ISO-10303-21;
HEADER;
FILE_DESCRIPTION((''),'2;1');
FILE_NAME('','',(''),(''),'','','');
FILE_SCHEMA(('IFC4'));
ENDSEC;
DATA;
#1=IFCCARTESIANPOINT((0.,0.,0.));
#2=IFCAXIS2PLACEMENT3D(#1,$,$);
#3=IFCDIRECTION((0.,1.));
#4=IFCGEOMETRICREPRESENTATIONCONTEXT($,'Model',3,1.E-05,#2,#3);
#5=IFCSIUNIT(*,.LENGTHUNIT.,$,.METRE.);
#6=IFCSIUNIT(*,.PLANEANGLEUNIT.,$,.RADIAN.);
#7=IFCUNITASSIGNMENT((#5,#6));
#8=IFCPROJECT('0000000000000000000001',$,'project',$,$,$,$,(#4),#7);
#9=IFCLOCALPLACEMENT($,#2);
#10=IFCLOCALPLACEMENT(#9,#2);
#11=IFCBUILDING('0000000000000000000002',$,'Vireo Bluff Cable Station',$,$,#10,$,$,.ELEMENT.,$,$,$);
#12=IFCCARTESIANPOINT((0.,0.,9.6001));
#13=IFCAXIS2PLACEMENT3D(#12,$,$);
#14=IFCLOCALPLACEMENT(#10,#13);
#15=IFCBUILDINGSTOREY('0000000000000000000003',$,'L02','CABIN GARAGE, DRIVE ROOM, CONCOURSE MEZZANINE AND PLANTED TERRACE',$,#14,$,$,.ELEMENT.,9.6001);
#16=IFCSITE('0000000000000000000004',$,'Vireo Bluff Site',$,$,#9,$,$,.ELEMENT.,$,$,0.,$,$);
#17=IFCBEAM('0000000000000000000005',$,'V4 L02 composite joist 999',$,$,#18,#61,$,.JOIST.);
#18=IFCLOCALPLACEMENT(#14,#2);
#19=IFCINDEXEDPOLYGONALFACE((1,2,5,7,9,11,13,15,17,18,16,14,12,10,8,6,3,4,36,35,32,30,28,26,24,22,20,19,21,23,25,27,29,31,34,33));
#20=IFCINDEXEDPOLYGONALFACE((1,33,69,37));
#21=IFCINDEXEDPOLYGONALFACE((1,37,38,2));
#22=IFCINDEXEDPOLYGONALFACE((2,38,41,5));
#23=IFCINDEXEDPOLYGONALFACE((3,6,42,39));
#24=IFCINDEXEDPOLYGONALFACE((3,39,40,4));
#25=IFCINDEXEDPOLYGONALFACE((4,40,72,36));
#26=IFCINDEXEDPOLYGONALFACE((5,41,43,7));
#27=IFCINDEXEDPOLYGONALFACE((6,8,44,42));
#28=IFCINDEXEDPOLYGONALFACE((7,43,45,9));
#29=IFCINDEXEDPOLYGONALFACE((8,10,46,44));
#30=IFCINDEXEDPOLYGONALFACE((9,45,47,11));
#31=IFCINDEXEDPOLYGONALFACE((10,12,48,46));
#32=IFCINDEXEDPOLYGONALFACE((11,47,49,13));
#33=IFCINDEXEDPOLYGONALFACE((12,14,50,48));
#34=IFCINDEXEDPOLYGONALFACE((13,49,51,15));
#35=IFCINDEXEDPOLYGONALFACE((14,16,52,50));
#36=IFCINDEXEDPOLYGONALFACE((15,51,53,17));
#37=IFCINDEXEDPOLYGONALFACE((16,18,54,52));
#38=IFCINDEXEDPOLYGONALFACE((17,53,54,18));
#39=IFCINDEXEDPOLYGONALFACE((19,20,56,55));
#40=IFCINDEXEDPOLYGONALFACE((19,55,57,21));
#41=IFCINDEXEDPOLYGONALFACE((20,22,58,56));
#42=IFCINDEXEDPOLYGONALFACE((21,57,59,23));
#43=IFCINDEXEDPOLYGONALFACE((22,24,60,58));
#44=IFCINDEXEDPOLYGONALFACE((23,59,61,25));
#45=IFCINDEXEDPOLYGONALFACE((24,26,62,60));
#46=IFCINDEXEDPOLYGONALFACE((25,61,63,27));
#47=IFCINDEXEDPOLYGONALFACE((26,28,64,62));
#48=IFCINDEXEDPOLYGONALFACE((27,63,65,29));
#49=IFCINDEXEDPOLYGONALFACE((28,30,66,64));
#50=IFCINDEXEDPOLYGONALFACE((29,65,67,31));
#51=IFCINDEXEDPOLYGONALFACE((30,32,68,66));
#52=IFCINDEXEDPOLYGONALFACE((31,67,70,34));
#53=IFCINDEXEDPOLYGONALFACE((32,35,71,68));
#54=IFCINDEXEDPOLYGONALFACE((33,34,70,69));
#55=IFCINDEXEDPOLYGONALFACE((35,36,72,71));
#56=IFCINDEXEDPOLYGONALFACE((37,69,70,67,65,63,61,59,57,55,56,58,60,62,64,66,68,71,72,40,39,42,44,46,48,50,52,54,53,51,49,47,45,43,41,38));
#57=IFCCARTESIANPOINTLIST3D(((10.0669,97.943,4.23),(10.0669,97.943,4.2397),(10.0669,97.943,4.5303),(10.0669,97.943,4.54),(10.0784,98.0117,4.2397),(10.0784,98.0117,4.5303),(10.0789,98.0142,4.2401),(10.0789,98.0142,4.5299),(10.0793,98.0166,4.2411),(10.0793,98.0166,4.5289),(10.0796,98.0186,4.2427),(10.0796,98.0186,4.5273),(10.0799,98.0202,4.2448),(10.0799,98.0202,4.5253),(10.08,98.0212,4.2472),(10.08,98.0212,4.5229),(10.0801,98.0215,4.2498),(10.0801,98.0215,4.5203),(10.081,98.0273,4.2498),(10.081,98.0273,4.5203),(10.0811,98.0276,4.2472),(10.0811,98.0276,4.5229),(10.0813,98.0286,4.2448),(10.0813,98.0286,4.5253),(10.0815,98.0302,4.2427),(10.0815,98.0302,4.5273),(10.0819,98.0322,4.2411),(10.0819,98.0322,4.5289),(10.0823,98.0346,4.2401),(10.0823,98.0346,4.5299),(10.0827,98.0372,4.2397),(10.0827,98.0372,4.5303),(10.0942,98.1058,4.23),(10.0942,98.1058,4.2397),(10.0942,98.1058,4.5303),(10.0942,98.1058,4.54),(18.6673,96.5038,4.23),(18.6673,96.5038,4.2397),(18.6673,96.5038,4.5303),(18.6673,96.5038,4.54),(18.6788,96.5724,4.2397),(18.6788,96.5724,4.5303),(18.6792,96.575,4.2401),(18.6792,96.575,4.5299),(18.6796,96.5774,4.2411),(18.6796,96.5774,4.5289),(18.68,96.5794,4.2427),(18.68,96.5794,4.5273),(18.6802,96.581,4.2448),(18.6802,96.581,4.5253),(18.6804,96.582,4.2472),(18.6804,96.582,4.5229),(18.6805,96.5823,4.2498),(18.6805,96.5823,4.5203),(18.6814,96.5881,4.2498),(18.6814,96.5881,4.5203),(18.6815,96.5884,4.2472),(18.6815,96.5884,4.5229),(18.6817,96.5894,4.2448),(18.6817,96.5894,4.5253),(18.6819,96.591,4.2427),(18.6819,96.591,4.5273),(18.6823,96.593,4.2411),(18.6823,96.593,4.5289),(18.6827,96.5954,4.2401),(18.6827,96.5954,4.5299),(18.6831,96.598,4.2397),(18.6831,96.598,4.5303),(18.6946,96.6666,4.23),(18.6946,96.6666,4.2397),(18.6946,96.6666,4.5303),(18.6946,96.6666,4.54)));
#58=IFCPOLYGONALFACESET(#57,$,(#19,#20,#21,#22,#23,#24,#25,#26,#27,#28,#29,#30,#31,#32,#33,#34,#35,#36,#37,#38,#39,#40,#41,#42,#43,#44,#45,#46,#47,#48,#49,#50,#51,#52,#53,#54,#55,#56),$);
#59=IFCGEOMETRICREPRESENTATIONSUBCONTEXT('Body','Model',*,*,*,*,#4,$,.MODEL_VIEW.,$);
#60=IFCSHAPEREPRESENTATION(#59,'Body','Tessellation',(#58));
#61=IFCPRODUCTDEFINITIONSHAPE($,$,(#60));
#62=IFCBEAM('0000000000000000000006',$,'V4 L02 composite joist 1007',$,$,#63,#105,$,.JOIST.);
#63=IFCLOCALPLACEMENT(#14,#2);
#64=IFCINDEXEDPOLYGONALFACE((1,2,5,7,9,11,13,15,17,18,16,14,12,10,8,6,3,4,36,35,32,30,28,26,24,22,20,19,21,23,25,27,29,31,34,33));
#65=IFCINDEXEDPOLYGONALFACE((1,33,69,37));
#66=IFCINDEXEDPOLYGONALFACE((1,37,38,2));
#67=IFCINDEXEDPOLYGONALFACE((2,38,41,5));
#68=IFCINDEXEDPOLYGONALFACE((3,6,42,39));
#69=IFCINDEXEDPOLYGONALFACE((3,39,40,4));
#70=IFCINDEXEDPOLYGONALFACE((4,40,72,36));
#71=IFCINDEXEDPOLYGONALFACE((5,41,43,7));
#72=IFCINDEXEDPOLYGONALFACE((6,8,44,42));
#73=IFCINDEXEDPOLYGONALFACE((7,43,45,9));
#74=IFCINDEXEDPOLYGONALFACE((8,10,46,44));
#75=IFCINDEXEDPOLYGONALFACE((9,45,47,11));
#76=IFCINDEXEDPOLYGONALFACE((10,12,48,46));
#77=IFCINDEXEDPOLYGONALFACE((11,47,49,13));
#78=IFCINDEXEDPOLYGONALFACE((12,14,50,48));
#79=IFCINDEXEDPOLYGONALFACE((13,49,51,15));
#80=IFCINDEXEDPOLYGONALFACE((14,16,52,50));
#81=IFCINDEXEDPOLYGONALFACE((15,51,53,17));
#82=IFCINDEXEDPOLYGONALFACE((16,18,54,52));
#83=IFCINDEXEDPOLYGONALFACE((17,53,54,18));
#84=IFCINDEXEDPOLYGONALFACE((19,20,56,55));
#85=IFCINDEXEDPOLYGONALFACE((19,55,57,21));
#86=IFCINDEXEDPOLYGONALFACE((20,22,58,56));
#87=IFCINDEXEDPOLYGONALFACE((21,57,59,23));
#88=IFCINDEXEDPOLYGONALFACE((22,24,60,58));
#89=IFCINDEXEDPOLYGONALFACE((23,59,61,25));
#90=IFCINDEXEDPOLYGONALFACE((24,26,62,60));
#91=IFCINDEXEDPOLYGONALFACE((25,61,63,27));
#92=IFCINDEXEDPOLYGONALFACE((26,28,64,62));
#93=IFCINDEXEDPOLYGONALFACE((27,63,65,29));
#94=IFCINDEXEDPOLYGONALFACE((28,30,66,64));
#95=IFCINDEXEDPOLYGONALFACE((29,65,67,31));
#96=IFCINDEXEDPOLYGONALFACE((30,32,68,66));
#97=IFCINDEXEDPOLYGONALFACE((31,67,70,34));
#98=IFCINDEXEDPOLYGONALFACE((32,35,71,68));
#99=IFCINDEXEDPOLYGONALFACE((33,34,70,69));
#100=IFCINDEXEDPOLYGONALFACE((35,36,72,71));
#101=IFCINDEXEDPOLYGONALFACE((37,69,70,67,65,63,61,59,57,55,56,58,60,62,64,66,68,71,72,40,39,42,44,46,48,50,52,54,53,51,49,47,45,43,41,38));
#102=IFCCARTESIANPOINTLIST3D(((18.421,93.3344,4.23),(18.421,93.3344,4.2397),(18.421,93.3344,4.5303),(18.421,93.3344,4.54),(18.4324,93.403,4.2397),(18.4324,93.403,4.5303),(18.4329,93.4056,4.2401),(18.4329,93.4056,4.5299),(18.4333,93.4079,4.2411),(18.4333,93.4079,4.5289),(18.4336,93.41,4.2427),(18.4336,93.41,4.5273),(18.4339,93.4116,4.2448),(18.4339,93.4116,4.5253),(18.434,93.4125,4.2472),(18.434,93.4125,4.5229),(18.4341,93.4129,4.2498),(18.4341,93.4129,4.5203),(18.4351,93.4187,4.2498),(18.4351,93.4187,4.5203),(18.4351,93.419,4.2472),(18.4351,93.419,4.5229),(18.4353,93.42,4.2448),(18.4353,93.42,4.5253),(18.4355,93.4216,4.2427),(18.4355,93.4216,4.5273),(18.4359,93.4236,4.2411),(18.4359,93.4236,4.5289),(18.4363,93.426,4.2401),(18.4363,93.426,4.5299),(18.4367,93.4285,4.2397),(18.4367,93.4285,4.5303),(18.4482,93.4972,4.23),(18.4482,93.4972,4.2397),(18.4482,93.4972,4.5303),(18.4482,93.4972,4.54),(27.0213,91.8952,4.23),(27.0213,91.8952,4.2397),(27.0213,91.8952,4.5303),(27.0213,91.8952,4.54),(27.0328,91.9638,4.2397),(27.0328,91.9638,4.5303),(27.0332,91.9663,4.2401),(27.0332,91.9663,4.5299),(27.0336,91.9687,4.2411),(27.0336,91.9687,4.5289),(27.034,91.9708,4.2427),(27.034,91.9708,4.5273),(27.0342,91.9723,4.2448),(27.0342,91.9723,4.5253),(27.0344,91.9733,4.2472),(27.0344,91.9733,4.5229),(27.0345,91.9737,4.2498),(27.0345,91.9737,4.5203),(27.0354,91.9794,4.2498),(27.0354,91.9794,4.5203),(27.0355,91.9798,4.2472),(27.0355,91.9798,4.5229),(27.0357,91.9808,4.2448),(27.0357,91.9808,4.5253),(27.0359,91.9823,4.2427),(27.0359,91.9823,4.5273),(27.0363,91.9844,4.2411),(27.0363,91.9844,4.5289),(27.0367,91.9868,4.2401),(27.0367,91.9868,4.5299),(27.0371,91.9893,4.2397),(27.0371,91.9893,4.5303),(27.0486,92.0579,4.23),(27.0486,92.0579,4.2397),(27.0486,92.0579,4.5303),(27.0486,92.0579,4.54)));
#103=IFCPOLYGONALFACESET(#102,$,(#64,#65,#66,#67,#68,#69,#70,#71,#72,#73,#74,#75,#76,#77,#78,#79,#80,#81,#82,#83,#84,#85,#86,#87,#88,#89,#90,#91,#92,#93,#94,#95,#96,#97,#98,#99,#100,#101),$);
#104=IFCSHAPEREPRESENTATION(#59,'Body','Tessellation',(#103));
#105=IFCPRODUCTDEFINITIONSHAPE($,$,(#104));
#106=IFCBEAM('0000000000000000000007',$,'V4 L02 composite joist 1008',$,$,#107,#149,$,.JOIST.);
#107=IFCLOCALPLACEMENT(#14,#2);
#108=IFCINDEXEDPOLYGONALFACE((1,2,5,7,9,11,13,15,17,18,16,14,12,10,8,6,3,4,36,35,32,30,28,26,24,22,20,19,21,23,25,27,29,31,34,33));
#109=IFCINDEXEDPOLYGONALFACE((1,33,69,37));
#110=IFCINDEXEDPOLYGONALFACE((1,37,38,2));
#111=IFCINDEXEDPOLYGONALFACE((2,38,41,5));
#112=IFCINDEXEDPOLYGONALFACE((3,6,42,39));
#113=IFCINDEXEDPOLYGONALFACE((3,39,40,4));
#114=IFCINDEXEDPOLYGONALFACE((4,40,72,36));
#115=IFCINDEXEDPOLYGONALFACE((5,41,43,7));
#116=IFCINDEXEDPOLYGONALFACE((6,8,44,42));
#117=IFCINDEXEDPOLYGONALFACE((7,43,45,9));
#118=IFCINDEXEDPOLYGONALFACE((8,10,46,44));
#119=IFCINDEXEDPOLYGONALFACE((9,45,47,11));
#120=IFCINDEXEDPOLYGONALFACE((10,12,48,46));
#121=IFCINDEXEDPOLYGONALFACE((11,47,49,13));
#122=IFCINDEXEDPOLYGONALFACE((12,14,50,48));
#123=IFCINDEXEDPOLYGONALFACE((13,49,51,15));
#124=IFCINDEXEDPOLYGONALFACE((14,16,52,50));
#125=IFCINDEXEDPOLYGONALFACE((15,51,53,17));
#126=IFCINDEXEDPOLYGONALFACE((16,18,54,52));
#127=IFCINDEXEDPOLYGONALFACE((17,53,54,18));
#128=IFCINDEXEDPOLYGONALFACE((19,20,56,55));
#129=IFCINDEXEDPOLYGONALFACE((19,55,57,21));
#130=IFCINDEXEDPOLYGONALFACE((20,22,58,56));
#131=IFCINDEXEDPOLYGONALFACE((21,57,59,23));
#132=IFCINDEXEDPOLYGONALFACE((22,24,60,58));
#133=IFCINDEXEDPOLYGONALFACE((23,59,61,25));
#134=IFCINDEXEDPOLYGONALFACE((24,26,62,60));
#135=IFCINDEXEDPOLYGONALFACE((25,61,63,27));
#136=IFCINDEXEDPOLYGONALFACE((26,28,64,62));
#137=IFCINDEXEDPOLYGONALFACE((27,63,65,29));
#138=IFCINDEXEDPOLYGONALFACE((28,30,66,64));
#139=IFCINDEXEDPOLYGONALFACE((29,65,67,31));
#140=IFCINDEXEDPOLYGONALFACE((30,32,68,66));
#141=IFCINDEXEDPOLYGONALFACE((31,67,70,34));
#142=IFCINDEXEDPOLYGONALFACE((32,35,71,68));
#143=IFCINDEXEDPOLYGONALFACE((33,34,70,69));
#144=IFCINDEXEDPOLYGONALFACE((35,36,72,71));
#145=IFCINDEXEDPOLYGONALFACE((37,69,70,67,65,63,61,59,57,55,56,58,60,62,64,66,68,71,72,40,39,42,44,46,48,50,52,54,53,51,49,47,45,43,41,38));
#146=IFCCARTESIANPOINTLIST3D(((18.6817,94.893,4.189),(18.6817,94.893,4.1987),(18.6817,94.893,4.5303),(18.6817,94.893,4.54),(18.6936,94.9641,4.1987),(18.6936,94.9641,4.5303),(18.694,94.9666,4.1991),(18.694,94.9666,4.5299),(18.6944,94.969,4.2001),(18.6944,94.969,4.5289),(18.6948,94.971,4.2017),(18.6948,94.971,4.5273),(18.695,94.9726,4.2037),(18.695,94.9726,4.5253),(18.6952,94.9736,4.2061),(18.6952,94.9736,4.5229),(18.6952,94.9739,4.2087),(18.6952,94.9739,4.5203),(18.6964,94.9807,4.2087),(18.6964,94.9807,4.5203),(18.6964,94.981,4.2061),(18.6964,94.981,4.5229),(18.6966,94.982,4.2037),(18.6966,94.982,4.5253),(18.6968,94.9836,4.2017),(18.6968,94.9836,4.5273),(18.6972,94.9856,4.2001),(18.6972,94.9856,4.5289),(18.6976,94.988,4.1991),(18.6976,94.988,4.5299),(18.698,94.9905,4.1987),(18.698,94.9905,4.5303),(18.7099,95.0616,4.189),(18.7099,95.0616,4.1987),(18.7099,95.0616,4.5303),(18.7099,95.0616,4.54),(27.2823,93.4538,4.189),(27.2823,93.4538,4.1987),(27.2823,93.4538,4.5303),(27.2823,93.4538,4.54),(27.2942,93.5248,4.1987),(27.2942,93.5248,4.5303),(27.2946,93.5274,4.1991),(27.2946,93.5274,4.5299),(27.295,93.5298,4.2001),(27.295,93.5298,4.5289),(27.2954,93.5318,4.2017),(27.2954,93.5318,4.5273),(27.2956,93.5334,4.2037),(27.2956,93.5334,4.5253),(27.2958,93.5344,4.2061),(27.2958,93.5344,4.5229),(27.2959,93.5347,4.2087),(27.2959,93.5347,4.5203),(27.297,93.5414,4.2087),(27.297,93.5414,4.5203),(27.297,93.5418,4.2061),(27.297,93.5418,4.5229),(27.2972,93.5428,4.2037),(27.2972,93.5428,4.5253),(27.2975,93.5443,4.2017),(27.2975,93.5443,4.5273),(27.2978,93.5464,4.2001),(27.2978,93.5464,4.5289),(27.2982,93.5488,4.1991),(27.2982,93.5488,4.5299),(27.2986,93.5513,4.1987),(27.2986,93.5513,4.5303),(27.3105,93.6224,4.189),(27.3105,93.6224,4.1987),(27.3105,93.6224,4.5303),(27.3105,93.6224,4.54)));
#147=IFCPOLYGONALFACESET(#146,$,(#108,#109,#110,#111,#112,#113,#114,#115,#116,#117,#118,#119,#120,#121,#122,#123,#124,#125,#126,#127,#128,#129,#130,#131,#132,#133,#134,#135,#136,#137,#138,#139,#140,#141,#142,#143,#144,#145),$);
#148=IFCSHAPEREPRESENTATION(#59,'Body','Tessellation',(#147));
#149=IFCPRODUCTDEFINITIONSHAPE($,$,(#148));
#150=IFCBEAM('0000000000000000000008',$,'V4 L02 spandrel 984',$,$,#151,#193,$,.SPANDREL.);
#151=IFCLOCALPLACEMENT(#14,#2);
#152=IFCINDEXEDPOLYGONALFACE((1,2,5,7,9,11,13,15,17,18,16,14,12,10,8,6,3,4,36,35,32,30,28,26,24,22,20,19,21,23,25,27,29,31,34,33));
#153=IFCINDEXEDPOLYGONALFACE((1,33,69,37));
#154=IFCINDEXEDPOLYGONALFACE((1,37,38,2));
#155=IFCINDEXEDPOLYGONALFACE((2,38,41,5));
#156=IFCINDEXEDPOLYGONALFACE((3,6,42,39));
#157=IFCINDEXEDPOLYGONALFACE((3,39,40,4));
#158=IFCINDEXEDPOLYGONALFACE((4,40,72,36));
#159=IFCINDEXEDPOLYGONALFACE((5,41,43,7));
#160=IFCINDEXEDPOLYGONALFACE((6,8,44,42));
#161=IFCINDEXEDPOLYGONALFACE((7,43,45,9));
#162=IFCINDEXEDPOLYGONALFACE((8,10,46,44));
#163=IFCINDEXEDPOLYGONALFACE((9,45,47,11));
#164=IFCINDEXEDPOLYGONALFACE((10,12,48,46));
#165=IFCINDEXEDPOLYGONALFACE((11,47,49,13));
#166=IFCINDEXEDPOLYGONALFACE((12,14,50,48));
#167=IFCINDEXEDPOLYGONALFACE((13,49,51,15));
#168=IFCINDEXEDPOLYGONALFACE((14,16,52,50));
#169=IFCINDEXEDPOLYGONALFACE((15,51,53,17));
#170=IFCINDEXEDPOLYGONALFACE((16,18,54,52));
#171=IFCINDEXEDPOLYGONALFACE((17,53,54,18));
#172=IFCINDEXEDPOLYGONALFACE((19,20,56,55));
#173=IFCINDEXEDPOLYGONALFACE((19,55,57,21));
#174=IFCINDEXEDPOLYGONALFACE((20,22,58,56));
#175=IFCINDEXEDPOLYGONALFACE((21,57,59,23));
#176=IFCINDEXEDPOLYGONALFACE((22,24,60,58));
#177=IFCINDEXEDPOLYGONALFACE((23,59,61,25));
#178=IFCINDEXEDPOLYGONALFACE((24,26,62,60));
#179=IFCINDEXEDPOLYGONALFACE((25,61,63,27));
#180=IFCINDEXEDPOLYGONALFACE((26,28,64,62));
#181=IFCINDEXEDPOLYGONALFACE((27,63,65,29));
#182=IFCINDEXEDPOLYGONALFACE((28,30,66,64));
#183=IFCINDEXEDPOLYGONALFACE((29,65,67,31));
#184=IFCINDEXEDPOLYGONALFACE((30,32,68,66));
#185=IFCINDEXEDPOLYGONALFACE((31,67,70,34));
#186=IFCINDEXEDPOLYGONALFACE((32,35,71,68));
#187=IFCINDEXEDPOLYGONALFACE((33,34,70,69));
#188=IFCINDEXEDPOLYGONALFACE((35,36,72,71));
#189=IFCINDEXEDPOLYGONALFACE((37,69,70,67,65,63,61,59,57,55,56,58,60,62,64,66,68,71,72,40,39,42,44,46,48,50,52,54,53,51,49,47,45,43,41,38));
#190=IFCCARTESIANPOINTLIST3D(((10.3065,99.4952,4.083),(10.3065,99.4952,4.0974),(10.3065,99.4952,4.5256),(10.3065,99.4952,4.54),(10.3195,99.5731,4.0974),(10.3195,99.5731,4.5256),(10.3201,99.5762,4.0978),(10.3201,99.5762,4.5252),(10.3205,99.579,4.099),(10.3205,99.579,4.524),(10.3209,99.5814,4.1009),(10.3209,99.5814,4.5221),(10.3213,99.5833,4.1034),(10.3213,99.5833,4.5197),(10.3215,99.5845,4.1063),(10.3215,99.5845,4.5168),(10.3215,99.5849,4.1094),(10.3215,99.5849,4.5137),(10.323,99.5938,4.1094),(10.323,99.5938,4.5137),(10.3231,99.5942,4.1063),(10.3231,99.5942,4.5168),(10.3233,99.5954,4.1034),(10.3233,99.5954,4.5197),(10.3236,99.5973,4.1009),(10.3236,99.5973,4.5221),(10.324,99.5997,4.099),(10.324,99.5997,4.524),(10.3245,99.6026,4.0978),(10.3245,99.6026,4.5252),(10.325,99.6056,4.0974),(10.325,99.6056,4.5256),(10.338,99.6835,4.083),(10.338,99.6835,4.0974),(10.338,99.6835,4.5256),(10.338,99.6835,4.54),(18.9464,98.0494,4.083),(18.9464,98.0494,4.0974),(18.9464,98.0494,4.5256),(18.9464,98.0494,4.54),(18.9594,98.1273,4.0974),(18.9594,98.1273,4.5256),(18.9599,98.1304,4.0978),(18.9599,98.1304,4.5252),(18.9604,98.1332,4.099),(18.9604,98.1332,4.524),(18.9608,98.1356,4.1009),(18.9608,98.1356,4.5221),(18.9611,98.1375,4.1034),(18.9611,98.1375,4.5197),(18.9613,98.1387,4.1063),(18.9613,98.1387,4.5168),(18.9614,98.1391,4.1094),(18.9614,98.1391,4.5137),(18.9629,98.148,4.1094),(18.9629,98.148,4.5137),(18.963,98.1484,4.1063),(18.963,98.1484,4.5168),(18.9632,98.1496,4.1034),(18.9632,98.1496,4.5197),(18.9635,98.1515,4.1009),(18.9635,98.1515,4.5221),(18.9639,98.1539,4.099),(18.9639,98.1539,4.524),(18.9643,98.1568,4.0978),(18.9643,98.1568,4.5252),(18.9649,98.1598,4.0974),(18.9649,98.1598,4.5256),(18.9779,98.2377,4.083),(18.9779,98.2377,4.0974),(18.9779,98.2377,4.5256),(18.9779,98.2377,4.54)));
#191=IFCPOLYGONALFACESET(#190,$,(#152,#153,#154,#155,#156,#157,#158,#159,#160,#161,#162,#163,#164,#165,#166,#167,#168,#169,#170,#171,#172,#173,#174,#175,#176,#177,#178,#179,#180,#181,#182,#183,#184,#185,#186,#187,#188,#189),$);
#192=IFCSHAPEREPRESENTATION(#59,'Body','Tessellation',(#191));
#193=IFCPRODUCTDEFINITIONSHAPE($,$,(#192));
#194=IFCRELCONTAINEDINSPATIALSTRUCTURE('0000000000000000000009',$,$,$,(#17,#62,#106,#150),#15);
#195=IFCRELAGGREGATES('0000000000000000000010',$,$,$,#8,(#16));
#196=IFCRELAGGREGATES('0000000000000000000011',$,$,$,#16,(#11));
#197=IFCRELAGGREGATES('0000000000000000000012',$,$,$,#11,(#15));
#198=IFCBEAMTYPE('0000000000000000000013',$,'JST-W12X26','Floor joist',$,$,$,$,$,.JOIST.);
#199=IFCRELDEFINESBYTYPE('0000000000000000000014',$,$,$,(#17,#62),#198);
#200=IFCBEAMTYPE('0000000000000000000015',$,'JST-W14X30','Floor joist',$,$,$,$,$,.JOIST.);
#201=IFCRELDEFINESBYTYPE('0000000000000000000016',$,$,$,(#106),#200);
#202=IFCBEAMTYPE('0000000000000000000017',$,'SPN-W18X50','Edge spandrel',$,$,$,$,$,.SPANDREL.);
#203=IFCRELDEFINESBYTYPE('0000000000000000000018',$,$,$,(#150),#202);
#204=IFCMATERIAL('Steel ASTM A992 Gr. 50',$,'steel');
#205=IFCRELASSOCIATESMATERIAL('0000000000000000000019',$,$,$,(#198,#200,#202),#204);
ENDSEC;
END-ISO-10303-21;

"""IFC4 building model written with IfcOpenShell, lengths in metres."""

from ifc_helpers import new_model, si_unit, direction, frame, origin, origin_2d, place, context, subcontext, project, spatial, i_section, extrude, material, material_profile, profile_set, type_object, element, save


model = new_model("IFC4")

# Units and contexts
model_context = context("Model", 3, precision=1e-05, world=origin(), true_north=direction((0.0, 1.0)))
body_context = subcontext(model_context, "Body", "Model", "MODEL_VIEW")
ifc_project = project(units=[si_unit("LENGTHUNIT", "METRE"), si_unit("PLANEANGLEUNIT", "RADIAN")], contexts=[model_context])

# Site, building, storey
site_placement = place(None, origin())
site = spatial("IfcSite", under=ifc_project, at=site_placement, Name="Vireo Bluff Site", CompositionType="ELEMENT", RefElevation=0.0)
building_placement = place(site_placement, origin())
building = spatial("IfcBuilding", under=site, at=building_placement, Name="Vireo Bluff Cable Station", CompositionType="ELEMENT")
storey_placement = place(building_placement, frame((0.0, 0.0, 9.6001)))
storey = spatial("IfcBuildingStorey", under=building, at=storey_placement, Name="L02", Description="CABIN GARAGE, DRIVE ROOM, CONCOURSE MEZZANINE AND PLANTED TERRACE", CompositionType="ELEMENT", Elevation=9.6001)

# Shared definitions
ifc_material_1 = material(Name="Steel ASTM A992 Gr. 50", Category="steel")

# Beams
ifc_material_profile_1 = material_profile(ifc_material_1, i_section(OverallWidth=0.165, OverallDepth=0.3101, WebThickness=0.0059, FlangeThickness=0.0098, FilletRadius=0.01, at=origin_2d()), Name="W12X26")
ifc_profile_set_1 = profile_set([ifc_material_profile_1], Name="Steel ASTM A992 Gr. 50")
beam_type_1 = type_object("IfcBeamType", Name="JST-W12X26", Description="Floor joist", PredefinedType="JOIST", material=ifc_profile_set_1)
for number, where, z_axis, x_axis, name in (
    (1, (10.0806, 98.0244, 4.385), (0.986286, -0.165048, 0.0), (0.165048, 0.986286, 0.0), "V4 L02 composite joist 999"),
    (2, (18.4346, 93.4158, 4.385), (0.986286, -0.165048, 0.0), (0.165048, 0.986286, 0.0), "V4 L02 composite joist 1007"),
):
    element("IfcBeam", number, at=place(storey_placement, frame(where, z_axis=z_axis, x_axis=x_axis)), inside=storey, type_object=beam_type_1, Name=name, PredefinedType="JOIST", context=body_context, shape_type="SweptSolid", body=[
        extrude(i_section(OverallWidth=0.165, OverallDepth=0.3101, WebThickness=0.0059, FlangeThickness=0.0098, FilletRadius=0.01, at=origin_2d()), origin(), (0.0, 0.0, 1.0), 8.72),
    ])
ifc_material_profile_2 = material_profile(ifc_material_1, i_section(OverallWidth=0.1709, OverallDepth=0.3511, WebThickness=0.0068, FlangeThickness=0.0098, FilletRadius=0.01, at=origin_2d()), Name="W14X30")
ifc_profile_set_2 = profile_set([ifc_material_profile_2], Name="Steel ASTM A992 Gr. 50")
beam_type_2 = type_object("IfcBeamType", Name="JST-W14X30", Description="Floor joist", PredefinedType="JOIST", material=ifc_profile_set_2)
beam_1_placement = place(storey_placement, frame((18.6958, 94.9773, 4.3645), z_axis=(0.986286, -0.165044, 0.0), x_axis=(0.165044, 0.986286, 0.0)))
element("IfcBeam", 3, at=beam_1_placement, inside=storey, type_object=beam_type_2, Name="V4 L02 composite joist 1008", PredefinedType="JOIST", context=body_context, shape_type="SweptSolid", body=[
    extrude(i_section(OverallWidth=0.1709, OverallDepth=0.3511, WebThickness=0.0068, FlangeThickness=0.0098, FilletRadius=0.01, at=origin_2d()), origin(), (0.0, 0.0, 1.0), 8.7202),
])
ifc_material_profile_3 = material_profile(ifc_material_1, i_section(OverallWidth=0.1909, OverallDepth=0.457, WebThickness=0.009, FlangeThickness=0.0144, FilletRadius=0.012, at=origin_2d()), Name="W18X50")
ifc_profile_set_3 = profile_set([ifc_material_profile_3], Name="Steel ASTM A992 Gr. 50")
beam_type_3 = type_object("IfcBeamType", Name="SPN-W18X50", Description="Edge spandrel", PredefinedType="SPANDREL", material=ifc_profile_set_3)
beam_2_placement = place(storey_placement, frame((10.3223, 99.5894, 4.3115), z_axis=(0.986286, -0.165045, 0.0), x_axis=(0.165045, 0.986286, 0.0)))
element("IfcBeam", 4, at=beam_2_placement, inside=storey, type_object=beam_type_3, Name="V4 L02 spandrel 984", PredefinedType="SPANDREL", context=body_context, shape_type="SweptSolid", body=[
    extrude(i_section(OverallWidth=0.1909, OverallDepth=0.457, WebThickness=0.009, FlangeThickness=0.0144, FilletRadius=0.012, at=origin_2d()), origin(), (0.0, 0.0, 1.0), 8.76),
])

save(model, "model.ifc")
